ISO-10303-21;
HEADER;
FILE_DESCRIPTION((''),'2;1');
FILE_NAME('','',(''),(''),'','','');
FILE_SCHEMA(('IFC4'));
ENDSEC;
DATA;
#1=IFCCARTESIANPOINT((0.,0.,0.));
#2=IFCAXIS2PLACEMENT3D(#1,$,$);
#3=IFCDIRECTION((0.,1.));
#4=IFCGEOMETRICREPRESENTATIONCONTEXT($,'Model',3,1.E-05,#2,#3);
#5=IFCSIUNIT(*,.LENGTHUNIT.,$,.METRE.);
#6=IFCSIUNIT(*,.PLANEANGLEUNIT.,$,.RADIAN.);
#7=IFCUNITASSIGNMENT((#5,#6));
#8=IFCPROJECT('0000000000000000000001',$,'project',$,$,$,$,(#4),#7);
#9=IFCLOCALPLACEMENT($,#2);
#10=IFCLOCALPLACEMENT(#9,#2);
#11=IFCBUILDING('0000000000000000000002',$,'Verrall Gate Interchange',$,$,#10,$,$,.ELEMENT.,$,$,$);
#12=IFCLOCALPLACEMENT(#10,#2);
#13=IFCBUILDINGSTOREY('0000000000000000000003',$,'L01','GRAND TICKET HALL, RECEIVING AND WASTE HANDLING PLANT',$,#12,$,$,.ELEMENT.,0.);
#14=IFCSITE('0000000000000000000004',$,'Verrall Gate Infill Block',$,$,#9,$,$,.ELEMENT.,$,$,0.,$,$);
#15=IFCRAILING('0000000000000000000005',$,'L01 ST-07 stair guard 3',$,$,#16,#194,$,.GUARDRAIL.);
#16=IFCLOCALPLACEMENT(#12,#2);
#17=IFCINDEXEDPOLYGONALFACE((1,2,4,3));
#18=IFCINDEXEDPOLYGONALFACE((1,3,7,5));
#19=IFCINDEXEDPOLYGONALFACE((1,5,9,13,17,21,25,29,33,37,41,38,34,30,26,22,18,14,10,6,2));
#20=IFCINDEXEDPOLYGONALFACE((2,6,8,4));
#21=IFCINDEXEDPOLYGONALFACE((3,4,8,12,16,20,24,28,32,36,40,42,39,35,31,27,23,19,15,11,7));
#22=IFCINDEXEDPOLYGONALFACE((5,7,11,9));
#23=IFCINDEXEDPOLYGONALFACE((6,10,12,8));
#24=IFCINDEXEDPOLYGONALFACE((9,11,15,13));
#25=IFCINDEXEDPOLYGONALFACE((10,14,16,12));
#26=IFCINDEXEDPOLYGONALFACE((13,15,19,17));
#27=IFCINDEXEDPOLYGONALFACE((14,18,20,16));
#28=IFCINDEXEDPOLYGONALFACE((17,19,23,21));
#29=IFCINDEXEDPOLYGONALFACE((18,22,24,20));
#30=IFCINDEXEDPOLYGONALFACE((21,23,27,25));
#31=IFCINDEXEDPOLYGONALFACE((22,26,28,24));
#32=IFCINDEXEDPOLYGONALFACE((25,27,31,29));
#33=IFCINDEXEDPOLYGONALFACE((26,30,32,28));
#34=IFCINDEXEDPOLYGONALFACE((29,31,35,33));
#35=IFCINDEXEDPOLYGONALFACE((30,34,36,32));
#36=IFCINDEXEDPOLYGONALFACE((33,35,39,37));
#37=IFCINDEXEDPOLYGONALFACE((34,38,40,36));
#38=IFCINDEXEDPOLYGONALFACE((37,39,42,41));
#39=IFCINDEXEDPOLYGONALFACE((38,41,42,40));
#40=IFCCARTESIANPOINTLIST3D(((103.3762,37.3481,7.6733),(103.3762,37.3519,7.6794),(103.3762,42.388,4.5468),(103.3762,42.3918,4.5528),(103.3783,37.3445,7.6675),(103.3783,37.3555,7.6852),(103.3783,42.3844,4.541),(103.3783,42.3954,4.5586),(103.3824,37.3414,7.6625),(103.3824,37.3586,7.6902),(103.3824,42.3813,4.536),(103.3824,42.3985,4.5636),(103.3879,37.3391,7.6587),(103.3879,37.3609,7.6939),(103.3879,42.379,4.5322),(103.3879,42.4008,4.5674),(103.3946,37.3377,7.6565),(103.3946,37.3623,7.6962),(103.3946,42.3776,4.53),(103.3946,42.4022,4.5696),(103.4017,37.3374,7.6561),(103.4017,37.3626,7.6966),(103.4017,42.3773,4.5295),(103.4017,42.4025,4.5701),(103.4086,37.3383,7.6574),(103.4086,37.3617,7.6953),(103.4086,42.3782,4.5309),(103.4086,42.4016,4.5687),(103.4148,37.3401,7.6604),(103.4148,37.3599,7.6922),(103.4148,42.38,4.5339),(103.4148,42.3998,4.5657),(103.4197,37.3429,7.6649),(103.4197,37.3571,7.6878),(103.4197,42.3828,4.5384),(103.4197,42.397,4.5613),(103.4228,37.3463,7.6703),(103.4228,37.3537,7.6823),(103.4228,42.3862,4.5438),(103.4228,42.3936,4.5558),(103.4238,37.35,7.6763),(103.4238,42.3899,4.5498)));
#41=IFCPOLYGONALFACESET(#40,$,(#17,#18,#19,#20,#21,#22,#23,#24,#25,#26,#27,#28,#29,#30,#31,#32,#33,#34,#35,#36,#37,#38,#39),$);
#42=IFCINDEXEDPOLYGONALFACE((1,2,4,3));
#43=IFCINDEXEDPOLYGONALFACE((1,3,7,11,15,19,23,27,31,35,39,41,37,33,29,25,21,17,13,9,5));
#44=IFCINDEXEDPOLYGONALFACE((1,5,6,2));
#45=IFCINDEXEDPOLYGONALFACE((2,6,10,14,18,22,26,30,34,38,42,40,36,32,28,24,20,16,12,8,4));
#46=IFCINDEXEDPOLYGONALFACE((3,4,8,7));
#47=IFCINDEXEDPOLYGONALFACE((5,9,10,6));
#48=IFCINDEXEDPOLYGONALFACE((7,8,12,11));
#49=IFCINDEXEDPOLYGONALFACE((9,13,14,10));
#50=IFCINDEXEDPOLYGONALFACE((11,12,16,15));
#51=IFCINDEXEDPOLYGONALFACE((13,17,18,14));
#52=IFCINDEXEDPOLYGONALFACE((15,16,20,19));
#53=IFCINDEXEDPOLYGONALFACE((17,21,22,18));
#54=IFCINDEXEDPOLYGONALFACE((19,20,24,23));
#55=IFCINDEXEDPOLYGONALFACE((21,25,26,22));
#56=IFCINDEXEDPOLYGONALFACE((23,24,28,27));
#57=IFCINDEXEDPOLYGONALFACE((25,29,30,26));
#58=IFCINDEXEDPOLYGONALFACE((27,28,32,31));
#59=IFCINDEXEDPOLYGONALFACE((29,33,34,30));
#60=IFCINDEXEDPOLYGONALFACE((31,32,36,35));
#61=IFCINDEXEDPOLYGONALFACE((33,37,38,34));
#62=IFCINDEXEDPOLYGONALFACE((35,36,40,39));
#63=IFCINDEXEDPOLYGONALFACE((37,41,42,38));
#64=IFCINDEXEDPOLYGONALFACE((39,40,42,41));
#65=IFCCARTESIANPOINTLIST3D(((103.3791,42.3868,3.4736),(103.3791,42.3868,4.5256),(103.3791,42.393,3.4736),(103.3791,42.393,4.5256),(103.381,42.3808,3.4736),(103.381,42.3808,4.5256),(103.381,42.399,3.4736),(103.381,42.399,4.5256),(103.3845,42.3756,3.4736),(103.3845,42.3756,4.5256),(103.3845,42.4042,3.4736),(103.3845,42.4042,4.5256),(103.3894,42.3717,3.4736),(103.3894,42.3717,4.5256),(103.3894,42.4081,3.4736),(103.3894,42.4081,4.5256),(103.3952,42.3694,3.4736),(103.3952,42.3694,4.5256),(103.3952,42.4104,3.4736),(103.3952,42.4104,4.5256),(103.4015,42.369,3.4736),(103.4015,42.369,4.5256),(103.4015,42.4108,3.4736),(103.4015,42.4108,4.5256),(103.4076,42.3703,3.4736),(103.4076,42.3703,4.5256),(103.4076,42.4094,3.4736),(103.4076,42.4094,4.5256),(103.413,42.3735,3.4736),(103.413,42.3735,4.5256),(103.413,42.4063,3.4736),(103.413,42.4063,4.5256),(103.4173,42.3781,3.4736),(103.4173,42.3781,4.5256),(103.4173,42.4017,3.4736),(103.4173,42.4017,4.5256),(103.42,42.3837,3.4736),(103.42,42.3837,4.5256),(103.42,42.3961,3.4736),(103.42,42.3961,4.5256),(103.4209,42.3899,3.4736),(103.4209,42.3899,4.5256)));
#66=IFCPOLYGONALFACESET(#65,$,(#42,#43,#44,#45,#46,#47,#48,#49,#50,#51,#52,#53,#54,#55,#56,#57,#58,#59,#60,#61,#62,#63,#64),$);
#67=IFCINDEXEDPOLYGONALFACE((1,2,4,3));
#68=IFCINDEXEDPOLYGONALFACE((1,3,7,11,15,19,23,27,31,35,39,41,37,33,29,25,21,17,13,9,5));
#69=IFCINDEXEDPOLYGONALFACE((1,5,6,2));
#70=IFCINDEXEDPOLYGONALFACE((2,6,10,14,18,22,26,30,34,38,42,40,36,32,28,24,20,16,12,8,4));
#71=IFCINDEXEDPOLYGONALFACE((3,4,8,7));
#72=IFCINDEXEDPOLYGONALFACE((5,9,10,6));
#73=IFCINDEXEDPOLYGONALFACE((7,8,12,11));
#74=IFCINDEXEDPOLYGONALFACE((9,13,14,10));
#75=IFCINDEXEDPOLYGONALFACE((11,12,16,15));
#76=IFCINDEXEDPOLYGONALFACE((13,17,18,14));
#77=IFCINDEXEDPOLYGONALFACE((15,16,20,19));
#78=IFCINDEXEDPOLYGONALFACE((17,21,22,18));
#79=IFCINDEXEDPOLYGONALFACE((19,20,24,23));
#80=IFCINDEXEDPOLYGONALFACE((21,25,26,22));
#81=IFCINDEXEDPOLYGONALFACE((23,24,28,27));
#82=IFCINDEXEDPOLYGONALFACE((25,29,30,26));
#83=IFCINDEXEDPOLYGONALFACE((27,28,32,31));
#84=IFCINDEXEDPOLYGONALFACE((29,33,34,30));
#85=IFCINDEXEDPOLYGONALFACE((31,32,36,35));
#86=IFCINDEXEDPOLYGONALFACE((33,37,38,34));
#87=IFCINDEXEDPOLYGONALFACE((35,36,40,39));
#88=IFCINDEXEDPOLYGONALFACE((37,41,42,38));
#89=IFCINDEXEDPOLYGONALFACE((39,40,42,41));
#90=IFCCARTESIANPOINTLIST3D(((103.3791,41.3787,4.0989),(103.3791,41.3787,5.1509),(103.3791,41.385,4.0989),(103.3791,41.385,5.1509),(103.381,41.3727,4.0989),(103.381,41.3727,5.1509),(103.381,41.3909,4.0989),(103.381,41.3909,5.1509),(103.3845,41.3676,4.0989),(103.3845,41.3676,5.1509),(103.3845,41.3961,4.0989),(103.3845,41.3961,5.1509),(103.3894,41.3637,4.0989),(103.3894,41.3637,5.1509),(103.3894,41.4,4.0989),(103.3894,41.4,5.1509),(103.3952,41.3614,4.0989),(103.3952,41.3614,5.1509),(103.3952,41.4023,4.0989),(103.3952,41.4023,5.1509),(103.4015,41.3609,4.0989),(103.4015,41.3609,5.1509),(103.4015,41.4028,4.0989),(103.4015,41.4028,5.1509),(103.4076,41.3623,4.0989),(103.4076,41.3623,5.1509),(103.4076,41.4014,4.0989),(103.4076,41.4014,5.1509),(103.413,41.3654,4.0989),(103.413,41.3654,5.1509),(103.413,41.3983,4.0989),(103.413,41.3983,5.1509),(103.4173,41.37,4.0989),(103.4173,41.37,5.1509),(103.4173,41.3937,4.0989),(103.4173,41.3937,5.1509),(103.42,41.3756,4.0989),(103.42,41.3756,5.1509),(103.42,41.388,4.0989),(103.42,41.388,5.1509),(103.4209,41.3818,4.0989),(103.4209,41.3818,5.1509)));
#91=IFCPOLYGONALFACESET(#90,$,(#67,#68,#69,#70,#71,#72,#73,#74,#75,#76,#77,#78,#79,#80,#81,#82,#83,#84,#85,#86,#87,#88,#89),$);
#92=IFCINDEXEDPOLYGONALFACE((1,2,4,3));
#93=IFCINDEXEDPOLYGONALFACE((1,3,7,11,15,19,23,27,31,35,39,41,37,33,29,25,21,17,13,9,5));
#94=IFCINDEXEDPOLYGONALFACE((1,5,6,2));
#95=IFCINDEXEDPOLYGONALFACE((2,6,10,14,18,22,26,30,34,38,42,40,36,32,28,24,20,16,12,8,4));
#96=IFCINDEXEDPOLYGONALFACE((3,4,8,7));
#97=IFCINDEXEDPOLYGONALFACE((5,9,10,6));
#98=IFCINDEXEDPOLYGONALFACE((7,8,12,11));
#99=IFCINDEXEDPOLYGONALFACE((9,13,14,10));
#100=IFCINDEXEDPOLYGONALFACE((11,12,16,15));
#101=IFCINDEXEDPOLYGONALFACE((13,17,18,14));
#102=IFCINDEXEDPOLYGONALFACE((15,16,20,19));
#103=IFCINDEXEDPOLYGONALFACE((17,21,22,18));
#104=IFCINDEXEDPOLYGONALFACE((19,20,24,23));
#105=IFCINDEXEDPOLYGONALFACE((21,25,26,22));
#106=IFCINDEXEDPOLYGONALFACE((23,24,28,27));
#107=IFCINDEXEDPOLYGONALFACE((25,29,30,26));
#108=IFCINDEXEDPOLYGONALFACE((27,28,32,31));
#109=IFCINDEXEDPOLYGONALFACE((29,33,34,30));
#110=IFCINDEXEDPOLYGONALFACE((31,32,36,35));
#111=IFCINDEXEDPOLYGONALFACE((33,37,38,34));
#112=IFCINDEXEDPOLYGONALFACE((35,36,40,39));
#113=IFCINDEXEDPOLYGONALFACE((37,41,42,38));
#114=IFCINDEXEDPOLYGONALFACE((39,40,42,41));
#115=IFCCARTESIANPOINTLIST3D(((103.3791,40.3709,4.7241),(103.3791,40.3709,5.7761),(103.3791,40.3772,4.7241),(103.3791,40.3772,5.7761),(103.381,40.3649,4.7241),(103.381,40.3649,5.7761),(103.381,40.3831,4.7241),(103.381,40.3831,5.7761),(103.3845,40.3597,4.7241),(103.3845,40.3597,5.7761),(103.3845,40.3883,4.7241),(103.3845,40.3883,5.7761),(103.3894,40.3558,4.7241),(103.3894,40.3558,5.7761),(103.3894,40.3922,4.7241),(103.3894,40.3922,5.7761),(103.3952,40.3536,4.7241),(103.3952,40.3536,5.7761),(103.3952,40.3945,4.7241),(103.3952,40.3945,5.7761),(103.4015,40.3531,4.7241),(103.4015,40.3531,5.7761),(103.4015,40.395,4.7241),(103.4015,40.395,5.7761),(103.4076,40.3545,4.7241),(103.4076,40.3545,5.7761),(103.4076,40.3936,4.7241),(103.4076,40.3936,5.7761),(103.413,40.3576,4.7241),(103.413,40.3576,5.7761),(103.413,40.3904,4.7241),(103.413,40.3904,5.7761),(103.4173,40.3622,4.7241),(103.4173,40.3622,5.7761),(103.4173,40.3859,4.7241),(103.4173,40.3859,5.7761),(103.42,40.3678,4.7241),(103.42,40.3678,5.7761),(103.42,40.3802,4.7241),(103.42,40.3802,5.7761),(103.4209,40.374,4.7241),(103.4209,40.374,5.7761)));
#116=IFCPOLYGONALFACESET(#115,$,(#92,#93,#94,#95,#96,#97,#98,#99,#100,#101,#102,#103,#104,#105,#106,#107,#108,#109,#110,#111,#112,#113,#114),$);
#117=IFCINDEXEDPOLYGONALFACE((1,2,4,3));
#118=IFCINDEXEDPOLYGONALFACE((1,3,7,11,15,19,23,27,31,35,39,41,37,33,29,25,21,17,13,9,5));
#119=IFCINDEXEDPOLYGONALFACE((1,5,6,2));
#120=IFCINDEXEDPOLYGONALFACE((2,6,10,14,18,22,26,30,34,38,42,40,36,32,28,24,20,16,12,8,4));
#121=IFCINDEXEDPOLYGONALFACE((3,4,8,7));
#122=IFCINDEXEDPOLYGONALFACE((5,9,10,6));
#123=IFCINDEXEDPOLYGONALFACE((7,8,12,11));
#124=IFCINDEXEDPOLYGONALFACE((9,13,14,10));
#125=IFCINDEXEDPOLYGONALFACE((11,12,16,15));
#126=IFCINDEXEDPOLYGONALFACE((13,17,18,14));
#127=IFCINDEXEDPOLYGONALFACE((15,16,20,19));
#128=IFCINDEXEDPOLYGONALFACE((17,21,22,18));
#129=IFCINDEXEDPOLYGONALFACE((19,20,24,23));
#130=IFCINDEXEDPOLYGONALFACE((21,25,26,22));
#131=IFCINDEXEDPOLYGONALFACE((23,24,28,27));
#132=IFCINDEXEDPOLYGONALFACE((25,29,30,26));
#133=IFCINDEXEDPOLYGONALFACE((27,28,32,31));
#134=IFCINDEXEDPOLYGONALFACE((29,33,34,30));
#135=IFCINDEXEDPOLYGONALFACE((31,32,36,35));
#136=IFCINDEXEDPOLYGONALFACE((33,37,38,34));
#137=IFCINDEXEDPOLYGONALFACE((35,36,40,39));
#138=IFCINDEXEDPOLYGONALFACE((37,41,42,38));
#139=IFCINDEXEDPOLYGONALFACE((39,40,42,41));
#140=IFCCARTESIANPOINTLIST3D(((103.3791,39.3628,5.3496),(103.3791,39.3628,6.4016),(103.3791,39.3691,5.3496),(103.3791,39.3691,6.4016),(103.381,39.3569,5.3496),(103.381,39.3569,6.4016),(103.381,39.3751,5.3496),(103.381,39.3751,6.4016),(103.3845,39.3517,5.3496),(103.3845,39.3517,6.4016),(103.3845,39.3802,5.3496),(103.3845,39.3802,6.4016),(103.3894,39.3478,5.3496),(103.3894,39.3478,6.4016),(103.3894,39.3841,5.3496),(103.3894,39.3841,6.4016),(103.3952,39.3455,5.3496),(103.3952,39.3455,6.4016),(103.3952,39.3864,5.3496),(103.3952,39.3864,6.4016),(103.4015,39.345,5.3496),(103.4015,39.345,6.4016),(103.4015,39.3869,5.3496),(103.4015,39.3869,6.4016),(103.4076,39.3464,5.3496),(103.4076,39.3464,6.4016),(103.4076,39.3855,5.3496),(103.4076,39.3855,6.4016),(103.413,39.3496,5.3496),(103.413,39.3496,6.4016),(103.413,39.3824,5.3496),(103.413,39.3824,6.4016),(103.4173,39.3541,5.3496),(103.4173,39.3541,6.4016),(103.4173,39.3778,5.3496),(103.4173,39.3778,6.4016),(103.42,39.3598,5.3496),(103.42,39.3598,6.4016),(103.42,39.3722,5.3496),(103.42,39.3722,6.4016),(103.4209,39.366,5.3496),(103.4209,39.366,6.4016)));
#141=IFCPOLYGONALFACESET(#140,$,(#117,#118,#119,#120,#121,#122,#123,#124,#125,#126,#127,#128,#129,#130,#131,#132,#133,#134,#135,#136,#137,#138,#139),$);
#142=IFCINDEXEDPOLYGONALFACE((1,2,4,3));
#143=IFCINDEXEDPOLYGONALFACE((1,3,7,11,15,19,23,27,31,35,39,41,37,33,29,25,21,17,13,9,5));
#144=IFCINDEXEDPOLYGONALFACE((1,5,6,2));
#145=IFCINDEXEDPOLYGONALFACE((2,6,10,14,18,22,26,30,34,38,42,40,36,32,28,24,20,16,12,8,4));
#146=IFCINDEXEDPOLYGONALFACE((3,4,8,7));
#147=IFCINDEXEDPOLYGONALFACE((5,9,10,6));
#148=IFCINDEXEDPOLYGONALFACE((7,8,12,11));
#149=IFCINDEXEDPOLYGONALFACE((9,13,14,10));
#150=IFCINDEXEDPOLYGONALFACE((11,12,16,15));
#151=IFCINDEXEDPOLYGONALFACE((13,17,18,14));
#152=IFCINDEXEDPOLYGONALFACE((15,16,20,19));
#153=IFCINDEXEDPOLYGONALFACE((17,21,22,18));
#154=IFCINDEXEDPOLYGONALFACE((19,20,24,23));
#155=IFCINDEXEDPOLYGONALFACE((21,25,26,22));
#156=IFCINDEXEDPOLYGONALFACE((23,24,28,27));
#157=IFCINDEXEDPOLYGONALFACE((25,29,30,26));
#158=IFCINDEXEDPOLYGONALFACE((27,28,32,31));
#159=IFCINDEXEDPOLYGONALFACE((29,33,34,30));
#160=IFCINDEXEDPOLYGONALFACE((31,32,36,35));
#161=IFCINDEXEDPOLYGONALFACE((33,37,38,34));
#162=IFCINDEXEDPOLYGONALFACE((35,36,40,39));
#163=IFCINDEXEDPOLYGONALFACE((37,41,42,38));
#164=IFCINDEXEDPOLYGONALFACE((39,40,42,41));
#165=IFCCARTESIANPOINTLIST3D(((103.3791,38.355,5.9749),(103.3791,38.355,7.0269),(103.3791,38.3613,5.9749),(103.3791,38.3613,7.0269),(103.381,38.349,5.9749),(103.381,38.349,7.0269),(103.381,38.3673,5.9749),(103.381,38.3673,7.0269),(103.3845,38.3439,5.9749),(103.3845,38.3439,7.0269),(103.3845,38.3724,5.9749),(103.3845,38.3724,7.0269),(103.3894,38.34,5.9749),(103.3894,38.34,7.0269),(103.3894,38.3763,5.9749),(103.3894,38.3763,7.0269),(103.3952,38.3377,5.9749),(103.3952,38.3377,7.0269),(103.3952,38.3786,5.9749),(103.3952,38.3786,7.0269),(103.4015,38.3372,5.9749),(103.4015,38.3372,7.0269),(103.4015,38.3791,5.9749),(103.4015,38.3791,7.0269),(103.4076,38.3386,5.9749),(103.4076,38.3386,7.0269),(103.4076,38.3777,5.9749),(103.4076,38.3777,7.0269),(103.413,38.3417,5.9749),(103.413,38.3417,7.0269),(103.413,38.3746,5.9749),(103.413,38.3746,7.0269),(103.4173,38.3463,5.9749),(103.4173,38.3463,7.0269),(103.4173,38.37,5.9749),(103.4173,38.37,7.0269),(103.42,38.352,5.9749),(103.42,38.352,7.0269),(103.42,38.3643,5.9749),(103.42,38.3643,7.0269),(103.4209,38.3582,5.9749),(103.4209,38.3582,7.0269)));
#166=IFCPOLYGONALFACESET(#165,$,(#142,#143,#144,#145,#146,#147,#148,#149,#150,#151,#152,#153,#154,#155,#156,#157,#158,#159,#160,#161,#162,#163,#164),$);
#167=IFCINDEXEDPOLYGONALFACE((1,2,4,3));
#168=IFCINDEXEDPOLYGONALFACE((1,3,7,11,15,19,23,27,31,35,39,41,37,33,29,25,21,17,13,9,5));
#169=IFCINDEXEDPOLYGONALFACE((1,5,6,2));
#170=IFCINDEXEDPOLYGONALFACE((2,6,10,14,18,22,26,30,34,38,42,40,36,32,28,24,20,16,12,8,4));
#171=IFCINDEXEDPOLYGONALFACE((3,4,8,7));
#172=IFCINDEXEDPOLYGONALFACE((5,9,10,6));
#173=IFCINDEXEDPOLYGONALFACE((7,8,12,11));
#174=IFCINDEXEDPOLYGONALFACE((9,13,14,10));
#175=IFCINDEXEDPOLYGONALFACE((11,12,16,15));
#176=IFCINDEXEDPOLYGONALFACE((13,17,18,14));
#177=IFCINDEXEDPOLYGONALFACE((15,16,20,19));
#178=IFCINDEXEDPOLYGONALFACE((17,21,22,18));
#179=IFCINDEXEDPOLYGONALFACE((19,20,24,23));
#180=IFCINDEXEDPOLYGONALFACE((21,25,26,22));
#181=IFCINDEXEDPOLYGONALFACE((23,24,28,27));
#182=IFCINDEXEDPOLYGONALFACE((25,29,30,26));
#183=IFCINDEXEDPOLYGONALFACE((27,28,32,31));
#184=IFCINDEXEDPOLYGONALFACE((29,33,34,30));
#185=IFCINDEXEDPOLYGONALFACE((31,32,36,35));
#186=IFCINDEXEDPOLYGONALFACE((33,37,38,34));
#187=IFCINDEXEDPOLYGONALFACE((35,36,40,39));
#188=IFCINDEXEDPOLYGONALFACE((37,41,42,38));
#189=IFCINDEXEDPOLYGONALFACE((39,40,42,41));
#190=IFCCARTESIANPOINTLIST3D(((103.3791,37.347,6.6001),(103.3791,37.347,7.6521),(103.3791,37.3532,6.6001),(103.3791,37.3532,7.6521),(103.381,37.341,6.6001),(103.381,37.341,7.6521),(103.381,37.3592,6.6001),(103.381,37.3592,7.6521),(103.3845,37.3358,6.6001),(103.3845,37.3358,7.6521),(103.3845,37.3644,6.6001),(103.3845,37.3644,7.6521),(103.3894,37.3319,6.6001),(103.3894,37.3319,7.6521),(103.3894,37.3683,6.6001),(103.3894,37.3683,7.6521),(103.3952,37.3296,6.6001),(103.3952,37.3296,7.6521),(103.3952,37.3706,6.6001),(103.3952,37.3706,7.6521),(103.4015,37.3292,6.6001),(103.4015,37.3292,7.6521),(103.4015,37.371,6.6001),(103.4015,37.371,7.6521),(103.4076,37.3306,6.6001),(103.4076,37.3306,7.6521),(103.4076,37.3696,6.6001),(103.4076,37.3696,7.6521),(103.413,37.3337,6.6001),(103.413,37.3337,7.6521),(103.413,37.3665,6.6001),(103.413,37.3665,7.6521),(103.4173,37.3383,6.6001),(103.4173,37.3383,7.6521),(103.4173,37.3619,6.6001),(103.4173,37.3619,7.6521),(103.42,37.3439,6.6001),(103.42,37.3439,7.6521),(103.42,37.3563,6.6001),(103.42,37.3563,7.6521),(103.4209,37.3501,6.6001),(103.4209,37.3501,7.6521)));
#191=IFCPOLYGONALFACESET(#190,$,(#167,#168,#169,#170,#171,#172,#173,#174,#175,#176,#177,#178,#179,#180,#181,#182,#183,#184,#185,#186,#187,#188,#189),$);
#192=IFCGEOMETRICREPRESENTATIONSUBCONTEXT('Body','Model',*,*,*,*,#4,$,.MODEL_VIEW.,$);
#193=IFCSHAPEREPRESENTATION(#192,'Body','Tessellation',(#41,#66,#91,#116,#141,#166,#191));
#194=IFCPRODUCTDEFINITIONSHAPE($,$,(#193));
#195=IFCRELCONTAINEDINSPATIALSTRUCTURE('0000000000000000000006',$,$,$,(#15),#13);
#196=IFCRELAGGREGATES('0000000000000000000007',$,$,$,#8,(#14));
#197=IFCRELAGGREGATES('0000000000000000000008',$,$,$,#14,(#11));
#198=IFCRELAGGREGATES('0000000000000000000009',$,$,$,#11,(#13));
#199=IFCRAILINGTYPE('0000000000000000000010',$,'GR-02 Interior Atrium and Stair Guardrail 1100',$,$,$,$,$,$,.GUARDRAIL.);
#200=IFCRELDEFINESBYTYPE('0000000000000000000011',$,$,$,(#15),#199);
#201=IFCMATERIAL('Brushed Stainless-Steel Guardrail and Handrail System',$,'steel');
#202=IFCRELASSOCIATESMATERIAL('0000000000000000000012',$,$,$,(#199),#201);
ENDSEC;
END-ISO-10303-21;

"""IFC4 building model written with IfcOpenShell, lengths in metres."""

from ifc_helpers import new_model, si_unit, direction, frame, origin, origin_2d, place, context, subcontext, project, spatial, circle, extrude, material, type_object, element, save


model = new_model("IFC4")

# Units and contexts
model_context = context("Model", 3, precision=1e-05, world=origin(), true_north=direction((0.0, 1.0)))
body_context = subcontext(model_context, "Body", "Model", "MODEL_VIEW")
ifc_project = project(units=[si_unit("LENGTHUNIT", "METRE"), si_unit("PLANEANGLEUNIT", "RADIAN")], contexts=[model_context])

# Site, building, storey
site_placement = place(None, origin())
site = spatial("IfcSite", under=ifc_project, at=site_placement, Name="Verrall Gate Infill Block", CompositionType="ELEMENT", RefElevation=0.0)
building_placement = place(site_placement, origin())
building = spatial("IfcBuilding", under=site, at=building_placement, Name="Verrall Gate Interchange", CompositionType="ELEMENT")
storey_placement = place(building_placement, origin())
storey = spatial("IfcBuildingStorey", under=building, at=storey_placement, Name="L01", Description="GRAND TICKET HALL, RECEIVING AND WASTE HANDLING PLANT", CompositionType="ELEMENT", Elevation=0.0)

# Railing
ifc_material_1 = material(Name="Brushed Stainless-Steel Guardrail and Handrail System", Category="steel")
railing_type_1 = type_object("IfcRailingType", Name="GR-02 Interior Atrium and Stair Guardrail 1100", PredefinedType="GUARDRAIL", material=ifc_material_1)
railing_1_placement = place(storey_placement, frame((103.3999, 42.3899, 3.4736)))
element("IfcRailing", 1, at=railing_1_placement, inside=storey, type_object=railing_type_1, Name="L01 ST-07 stair guard 3", PredefinedType="GUARDRAIL", context=body_context, shape_type="SweptSolid", body=[
    extrude(circle(Radius=0.0239, at=origin_2d()), frame((0.0, 0.0, 1.0762), z_axis=(0.0, -0.849767, 0.527158), x_axis=(1.0, 0.0, 0.0)), (0.0, 0.0, 1.0), 5.9309),
    extrude(circle(Radius=0.021, at=origin_2d()), origin(), (0.0, 0.0, 1.0), 1.052),
    extrude(circle(Radius=0.021, at=origin_2d()), frame((0.0, -1.0081, 0.6252)), (0.0, 0.0, 1.0), 1.052),
    extrude(circle(Radius=0.021, at=origin_2d()), frame((0.0, -2.0159, 1.2505)), (0.0, 0.0, 1.0), 1.052),
    extrude(circle(Radius=0.021, at=origin_2d()), frame((0.0, -3.0239, 1.876)), (0.0, 0.0, 1.0), 1.052),
    extrude(circle(Radius=0.021, at=origin_2d()), frame((0.0, -4.0317, 2.5012)), (0.0, 0.0, 1.0), 1.052),
    extrude(circle(Radius=0.021, at=origin_2d()), frame((0.0, -5.0398, 3.1265)), (0.0, 0.0, 1.0), 1.052),
])

save(model, "model.ifc")
